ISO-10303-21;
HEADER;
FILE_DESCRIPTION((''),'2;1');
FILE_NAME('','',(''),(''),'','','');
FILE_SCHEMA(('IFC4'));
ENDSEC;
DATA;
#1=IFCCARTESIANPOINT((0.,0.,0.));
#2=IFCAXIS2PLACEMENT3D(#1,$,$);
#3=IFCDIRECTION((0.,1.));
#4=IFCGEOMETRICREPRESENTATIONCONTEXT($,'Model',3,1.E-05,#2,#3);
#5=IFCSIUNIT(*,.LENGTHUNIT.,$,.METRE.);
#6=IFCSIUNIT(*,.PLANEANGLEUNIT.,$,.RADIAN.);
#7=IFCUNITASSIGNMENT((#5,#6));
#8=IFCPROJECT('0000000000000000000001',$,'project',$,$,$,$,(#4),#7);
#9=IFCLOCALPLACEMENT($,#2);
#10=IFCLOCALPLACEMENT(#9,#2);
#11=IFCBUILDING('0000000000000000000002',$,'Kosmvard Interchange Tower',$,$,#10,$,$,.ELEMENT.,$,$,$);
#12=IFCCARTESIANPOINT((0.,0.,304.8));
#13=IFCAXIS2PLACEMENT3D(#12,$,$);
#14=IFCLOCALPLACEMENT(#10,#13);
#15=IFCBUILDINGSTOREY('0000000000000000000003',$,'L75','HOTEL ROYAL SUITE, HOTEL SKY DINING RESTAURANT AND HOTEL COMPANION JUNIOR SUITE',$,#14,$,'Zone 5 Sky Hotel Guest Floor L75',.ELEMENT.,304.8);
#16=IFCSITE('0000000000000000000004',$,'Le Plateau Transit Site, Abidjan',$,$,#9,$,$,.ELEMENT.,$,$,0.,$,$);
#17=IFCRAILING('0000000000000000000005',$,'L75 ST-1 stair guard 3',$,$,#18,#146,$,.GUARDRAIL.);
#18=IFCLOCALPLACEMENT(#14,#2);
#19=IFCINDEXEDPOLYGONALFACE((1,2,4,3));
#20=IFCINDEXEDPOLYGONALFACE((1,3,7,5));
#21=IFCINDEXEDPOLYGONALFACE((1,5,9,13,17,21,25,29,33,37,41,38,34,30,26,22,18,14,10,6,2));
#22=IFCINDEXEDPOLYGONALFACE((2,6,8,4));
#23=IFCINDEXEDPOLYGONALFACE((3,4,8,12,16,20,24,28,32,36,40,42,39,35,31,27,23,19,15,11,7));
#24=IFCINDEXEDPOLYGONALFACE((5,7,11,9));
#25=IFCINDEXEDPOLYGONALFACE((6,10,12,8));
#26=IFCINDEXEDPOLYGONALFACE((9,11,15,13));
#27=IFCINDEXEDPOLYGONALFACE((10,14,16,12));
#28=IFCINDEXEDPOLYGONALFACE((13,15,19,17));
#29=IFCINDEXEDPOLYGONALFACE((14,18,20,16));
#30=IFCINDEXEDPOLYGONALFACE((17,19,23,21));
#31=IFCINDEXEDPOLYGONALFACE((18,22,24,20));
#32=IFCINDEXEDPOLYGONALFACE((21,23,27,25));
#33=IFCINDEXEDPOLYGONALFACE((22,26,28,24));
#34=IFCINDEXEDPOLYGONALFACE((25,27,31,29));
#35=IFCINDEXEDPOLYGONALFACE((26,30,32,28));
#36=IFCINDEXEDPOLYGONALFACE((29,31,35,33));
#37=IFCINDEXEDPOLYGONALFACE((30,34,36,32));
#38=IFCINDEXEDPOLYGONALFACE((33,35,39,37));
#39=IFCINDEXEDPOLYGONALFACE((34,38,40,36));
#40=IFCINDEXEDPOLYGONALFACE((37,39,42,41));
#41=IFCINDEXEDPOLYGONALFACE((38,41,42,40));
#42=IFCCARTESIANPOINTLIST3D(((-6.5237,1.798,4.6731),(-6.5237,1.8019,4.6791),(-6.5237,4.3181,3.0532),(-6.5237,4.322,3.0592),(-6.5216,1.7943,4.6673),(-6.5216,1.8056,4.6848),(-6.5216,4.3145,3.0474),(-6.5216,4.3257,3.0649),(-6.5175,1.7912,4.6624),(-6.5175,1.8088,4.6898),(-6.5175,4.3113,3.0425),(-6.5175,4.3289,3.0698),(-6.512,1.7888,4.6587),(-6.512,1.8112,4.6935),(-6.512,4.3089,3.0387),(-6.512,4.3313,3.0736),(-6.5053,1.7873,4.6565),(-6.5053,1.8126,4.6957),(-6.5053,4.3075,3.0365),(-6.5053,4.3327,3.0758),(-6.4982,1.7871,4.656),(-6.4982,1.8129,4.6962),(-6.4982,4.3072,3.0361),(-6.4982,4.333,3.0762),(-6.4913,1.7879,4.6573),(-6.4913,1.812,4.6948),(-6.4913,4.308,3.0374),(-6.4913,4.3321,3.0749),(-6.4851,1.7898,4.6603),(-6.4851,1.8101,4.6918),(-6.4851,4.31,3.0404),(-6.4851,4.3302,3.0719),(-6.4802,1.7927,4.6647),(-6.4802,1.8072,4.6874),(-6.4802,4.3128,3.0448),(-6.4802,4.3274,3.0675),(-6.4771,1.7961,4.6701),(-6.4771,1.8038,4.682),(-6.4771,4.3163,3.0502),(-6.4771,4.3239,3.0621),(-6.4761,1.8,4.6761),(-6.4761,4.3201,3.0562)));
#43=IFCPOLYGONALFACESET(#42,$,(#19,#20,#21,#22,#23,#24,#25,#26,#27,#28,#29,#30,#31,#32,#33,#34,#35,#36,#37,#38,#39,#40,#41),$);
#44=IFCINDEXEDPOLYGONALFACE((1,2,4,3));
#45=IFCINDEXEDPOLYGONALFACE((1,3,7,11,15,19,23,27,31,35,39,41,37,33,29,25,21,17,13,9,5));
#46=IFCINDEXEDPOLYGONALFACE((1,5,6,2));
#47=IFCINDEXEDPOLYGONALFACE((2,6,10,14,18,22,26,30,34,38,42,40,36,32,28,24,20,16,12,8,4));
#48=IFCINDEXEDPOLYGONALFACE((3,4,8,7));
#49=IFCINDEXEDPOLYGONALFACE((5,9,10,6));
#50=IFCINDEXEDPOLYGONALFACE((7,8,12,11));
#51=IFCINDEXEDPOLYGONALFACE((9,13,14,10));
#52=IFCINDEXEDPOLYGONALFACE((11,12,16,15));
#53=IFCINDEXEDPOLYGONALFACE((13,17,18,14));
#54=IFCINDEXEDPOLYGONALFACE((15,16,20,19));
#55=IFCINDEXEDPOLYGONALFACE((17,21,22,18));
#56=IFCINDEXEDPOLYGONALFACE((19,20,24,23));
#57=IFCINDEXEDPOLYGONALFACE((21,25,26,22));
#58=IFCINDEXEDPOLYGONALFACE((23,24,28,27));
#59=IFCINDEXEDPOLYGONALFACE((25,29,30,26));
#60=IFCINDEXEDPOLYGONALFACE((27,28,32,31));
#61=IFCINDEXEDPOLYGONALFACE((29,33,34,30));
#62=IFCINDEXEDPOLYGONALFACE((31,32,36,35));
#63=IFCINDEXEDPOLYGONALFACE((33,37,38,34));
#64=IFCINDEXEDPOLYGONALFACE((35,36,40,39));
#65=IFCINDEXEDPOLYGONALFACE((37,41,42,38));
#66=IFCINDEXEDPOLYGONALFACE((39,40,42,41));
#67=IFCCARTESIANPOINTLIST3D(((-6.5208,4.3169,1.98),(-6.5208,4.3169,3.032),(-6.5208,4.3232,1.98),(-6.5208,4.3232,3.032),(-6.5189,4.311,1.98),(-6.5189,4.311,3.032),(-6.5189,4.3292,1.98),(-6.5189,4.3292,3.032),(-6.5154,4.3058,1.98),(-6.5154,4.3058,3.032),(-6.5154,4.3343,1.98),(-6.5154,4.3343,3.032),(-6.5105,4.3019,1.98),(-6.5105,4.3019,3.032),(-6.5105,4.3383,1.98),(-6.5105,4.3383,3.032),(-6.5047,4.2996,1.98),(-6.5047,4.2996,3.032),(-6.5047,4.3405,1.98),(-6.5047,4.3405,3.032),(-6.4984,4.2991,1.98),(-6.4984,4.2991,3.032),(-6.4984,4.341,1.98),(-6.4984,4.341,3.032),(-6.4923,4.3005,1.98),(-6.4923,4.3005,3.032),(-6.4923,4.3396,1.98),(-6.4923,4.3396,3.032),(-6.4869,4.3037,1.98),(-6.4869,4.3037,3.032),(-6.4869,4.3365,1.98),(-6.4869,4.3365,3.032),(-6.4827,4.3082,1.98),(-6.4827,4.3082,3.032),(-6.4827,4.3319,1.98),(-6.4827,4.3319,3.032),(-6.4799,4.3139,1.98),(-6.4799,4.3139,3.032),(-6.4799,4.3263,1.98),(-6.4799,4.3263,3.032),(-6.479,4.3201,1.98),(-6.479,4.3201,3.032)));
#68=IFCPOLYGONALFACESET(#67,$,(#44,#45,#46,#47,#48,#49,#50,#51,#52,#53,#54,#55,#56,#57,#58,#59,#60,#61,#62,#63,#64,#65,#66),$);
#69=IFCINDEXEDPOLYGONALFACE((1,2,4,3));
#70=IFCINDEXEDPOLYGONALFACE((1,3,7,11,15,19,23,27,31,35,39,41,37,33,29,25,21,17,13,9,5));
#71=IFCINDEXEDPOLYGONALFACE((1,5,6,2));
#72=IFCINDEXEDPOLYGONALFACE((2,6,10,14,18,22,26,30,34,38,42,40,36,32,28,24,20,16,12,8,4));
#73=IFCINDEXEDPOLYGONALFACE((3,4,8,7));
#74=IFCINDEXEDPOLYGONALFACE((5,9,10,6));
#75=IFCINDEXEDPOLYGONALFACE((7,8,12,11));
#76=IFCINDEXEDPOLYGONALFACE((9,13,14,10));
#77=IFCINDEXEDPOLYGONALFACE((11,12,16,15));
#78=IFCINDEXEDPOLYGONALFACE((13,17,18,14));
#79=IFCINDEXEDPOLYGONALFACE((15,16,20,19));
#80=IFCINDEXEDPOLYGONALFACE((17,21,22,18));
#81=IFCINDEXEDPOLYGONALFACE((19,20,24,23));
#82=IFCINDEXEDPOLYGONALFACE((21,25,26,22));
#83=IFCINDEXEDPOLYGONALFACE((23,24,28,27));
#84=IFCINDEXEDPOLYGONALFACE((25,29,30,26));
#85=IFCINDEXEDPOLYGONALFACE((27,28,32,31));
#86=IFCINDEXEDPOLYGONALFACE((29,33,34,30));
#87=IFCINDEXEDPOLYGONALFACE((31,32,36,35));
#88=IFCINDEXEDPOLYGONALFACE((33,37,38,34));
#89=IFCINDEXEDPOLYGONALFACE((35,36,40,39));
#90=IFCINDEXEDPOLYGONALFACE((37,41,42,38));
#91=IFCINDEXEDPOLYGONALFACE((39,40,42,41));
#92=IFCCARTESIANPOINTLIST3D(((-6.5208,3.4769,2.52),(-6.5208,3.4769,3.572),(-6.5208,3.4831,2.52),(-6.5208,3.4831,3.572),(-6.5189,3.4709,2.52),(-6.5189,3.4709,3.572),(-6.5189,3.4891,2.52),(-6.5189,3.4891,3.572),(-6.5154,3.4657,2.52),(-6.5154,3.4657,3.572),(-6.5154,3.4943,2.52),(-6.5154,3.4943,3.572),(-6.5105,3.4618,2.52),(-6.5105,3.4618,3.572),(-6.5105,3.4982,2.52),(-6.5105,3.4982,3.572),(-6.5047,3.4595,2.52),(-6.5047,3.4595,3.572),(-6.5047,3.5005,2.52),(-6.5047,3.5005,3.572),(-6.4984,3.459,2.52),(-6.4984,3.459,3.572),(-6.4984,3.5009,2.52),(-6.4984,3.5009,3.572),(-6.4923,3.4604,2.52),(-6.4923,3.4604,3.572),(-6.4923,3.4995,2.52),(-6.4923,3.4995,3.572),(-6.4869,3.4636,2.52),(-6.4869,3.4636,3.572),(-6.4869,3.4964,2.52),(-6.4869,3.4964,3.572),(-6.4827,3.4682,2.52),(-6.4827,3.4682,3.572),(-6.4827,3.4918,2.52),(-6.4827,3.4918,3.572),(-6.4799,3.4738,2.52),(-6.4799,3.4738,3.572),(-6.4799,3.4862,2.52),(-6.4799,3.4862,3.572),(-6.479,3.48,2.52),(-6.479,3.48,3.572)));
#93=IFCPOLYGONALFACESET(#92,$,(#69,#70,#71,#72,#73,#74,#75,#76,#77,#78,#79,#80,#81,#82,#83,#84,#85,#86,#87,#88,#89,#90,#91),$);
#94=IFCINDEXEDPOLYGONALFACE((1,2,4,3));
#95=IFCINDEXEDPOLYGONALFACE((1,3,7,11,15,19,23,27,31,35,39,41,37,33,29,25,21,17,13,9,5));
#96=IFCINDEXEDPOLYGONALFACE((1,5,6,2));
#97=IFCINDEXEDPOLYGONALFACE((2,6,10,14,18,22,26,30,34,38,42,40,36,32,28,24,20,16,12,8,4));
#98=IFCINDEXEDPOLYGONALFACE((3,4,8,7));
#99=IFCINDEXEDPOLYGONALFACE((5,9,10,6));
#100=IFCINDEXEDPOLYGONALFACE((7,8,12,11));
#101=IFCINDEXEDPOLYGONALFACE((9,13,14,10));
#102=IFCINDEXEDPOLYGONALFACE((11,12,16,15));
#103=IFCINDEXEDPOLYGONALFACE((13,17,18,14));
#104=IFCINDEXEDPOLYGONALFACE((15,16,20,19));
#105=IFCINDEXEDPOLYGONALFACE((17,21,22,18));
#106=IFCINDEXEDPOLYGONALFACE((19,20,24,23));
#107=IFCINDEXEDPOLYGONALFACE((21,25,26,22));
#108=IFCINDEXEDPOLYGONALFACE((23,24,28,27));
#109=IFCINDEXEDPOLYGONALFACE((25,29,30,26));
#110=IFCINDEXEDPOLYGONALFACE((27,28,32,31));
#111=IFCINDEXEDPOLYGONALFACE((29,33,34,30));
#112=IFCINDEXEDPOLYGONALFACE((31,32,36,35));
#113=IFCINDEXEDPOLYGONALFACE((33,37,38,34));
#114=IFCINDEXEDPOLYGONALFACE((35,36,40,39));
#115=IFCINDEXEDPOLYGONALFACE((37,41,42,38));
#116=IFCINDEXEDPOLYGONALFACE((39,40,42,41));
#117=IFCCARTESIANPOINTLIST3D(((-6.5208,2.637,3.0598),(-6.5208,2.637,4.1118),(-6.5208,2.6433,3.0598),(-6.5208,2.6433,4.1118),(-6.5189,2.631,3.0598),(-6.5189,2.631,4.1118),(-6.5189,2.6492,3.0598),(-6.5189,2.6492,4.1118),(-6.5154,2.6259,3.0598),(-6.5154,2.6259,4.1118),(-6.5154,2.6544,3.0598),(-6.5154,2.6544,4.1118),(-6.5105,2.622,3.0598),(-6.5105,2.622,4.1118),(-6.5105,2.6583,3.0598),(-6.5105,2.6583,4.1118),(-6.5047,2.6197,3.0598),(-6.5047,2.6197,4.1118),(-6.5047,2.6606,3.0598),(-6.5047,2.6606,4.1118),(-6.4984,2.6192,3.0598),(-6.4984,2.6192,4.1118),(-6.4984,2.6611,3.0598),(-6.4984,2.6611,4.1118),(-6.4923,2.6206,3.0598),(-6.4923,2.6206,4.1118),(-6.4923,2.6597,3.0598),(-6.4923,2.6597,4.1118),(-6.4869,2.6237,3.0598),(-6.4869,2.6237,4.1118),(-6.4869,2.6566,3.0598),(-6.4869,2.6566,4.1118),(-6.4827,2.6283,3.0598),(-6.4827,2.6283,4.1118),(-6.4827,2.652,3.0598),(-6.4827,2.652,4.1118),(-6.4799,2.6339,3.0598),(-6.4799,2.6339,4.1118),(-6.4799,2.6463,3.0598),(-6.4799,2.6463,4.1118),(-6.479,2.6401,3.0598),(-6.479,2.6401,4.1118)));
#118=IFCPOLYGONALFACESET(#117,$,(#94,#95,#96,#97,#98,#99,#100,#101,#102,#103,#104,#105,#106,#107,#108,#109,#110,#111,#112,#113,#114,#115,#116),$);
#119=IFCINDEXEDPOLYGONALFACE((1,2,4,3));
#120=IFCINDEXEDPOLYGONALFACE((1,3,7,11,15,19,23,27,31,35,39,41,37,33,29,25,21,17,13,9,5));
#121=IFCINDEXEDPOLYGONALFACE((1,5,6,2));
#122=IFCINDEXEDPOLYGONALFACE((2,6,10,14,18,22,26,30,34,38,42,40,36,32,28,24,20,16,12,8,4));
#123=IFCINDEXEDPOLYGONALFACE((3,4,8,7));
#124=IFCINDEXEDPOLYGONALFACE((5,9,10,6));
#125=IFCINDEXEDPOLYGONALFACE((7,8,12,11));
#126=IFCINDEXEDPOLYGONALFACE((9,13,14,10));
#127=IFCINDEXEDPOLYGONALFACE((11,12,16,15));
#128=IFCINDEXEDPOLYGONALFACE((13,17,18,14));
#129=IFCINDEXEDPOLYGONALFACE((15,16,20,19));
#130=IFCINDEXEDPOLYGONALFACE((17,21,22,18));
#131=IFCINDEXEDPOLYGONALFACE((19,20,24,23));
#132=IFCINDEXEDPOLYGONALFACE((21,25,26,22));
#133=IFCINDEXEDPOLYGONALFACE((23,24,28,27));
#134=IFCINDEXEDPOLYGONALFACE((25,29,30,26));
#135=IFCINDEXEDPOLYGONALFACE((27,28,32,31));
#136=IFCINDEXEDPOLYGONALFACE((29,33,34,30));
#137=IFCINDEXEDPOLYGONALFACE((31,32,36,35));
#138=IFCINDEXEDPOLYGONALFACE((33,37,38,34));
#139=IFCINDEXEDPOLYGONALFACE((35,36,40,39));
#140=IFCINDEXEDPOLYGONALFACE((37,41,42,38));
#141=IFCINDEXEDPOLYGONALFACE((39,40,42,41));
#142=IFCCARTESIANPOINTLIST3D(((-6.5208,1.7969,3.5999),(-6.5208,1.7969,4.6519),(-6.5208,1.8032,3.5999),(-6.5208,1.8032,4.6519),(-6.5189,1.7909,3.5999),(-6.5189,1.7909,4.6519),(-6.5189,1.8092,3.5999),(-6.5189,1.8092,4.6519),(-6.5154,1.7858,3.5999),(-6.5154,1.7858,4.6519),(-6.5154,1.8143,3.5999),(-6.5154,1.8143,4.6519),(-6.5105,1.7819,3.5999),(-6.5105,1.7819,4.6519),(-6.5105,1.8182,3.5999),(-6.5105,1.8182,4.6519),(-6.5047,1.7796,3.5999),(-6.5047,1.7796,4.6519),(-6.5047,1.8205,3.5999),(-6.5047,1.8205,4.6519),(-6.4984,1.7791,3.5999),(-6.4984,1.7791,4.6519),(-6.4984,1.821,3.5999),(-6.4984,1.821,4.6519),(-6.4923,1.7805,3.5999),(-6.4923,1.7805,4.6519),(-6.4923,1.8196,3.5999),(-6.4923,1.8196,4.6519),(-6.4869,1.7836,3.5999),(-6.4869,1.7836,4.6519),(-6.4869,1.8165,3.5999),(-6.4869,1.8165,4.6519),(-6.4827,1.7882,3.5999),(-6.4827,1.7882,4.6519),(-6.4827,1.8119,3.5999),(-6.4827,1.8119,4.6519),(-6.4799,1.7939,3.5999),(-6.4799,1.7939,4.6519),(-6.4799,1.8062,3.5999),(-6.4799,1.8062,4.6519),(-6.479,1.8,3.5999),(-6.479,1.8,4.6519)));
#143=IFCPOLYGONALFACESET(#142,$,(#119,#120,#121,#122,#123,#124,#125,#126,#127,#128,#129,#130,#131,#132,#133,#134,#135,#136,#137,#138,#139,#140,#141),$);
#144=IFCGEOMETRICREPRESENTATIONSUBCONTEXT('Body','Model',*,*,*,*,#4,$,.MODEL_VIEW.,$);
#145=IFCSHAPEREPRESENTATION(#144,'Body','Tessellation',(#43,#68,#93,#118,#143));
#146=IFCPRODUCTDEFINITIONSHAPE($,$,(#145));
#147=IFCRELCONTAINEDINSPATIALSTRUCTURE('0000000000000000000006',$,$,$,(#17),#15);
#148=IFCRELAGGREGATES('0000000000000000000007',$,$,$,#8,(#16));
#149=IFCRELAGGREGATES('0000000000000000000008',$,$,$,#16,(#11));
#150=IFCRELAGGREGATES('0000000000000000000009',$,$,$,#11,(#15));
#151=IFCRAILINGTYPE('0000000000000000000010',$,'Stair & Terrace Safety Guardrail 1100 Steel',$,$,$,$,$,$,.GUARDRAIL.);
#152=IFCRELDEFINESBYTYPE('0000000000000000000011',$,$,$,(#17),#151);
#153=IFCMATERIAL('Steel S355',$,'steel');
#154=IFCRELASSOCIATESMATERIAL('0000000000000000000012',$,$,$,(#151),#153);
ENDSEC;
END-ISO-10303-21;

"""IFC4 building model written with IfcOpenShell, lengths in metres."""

from ifc_helpers import new_model, si_unit, direction, frame, origin, origin_2d, place, context, subcontext, project, spatial, circle, extrude, source, transform, mapped, material, type_object, element, save


model = new_model("IFC4")

# Units and contexts
model_context = context("Model", 3, precision=1e-05, world=origin(), true_north=direction((0.0, 1.0)))
body_context = subcontext(model_context, "Body", "Model", "MODEL_VIEW")
ifc_project = project(units=[si_unit("LENGTHUNIT", "METRE"), si_unit("PLANEANGLEUNIT", "RADIAN")], contexts=[model_context])

# Site, building, storey
site_placement = place(None, origin())
site = spatial("IfcSite", under=ifc_project, at=site_placement, Name="Le Plateau Transit Site, Abidjan", CompositionType="ELEMENT", RefElevation=0.0)
building_placement = place(site_placement, origin())
building = spatial("IfcBuilding", under=site, at=building_placement, Name="Kosmvard Interchange Tower", CompositionType="ELEMENT")
storey_placement = place(building_placement, frame((0.0, 0.0, 304.8)))
storey = spatial("IfcBuildingStorey", under=building, at=storey_placement, Name="L75", Description="HOTEL ROYAL SUITE, HOTEL SKY DINING RESTAURANT AND HOTEL COMPANION JUNIOR SUITE", LongName="Zone 5 Sky Hotel Guest Floor L75", CompositionType="ELEMENT", Elevation=304.8)

# Shared definitions
ifc_material_1 = material(Name="Steel S355", Category="steel")

# Railing
railing_type_1 = type_object("IfcRailingType", Name="Stair & Terrace Safety Guardrail 1100 Steel", PredefinedType="GUARDRAIL", material=ifc_material_1)
shared_shape_1 = source(origin(), body_context, "Body", "SweptSolid", [
    extrude(circle(Radius=0.0239, at=origin_2d()), frame((0.0, 0.0, 1.0762), z_axis=(0.0, -0.8412, 0.540725), x_axis=(1.0, 0.0, 0.0)), (0.0, 0.0, 1.0), 2.9958),
    extrude(circle(Radius=0.021, at=origin_2d()), origin(), (0.0, 0.0, 1.0), 1.052),
    extrude(circle(Radius=0.021, at=origin_2d()), frame((0.0, -0.8401, 0.54)), (0.0, 0.0, 1.0), 1.052),
    extrude(circle(Radius=0.021, at=origin_2d()), frame((0.0, -1.6799, 1.0798)), (0.0, 0.0, 1.0), 1.052),
    extrude(circle(Radius=0.021, at=origin_2d()), frame((0.0, -2.52, 1.6199)), (0.0, 0.0, 1.0), 1.052),
])
railing_1_placement = place(storey_placement, frame((-6.5, 4.3201, 1.98)))
element("IfcRailing", 1, at=railing_1_placement, inside=storey, type_object=railing_type_1, Name="L75 ST-1 stair guard 3", PredefinedType="GUARDRAIL", context=body_context, shape_type="MappedRepresentation", body=[
    mapped(shared_shape_1, transform((0.0, 0.0, 0.0), scale=1.0)),
])

save(model, "model.ifc")
